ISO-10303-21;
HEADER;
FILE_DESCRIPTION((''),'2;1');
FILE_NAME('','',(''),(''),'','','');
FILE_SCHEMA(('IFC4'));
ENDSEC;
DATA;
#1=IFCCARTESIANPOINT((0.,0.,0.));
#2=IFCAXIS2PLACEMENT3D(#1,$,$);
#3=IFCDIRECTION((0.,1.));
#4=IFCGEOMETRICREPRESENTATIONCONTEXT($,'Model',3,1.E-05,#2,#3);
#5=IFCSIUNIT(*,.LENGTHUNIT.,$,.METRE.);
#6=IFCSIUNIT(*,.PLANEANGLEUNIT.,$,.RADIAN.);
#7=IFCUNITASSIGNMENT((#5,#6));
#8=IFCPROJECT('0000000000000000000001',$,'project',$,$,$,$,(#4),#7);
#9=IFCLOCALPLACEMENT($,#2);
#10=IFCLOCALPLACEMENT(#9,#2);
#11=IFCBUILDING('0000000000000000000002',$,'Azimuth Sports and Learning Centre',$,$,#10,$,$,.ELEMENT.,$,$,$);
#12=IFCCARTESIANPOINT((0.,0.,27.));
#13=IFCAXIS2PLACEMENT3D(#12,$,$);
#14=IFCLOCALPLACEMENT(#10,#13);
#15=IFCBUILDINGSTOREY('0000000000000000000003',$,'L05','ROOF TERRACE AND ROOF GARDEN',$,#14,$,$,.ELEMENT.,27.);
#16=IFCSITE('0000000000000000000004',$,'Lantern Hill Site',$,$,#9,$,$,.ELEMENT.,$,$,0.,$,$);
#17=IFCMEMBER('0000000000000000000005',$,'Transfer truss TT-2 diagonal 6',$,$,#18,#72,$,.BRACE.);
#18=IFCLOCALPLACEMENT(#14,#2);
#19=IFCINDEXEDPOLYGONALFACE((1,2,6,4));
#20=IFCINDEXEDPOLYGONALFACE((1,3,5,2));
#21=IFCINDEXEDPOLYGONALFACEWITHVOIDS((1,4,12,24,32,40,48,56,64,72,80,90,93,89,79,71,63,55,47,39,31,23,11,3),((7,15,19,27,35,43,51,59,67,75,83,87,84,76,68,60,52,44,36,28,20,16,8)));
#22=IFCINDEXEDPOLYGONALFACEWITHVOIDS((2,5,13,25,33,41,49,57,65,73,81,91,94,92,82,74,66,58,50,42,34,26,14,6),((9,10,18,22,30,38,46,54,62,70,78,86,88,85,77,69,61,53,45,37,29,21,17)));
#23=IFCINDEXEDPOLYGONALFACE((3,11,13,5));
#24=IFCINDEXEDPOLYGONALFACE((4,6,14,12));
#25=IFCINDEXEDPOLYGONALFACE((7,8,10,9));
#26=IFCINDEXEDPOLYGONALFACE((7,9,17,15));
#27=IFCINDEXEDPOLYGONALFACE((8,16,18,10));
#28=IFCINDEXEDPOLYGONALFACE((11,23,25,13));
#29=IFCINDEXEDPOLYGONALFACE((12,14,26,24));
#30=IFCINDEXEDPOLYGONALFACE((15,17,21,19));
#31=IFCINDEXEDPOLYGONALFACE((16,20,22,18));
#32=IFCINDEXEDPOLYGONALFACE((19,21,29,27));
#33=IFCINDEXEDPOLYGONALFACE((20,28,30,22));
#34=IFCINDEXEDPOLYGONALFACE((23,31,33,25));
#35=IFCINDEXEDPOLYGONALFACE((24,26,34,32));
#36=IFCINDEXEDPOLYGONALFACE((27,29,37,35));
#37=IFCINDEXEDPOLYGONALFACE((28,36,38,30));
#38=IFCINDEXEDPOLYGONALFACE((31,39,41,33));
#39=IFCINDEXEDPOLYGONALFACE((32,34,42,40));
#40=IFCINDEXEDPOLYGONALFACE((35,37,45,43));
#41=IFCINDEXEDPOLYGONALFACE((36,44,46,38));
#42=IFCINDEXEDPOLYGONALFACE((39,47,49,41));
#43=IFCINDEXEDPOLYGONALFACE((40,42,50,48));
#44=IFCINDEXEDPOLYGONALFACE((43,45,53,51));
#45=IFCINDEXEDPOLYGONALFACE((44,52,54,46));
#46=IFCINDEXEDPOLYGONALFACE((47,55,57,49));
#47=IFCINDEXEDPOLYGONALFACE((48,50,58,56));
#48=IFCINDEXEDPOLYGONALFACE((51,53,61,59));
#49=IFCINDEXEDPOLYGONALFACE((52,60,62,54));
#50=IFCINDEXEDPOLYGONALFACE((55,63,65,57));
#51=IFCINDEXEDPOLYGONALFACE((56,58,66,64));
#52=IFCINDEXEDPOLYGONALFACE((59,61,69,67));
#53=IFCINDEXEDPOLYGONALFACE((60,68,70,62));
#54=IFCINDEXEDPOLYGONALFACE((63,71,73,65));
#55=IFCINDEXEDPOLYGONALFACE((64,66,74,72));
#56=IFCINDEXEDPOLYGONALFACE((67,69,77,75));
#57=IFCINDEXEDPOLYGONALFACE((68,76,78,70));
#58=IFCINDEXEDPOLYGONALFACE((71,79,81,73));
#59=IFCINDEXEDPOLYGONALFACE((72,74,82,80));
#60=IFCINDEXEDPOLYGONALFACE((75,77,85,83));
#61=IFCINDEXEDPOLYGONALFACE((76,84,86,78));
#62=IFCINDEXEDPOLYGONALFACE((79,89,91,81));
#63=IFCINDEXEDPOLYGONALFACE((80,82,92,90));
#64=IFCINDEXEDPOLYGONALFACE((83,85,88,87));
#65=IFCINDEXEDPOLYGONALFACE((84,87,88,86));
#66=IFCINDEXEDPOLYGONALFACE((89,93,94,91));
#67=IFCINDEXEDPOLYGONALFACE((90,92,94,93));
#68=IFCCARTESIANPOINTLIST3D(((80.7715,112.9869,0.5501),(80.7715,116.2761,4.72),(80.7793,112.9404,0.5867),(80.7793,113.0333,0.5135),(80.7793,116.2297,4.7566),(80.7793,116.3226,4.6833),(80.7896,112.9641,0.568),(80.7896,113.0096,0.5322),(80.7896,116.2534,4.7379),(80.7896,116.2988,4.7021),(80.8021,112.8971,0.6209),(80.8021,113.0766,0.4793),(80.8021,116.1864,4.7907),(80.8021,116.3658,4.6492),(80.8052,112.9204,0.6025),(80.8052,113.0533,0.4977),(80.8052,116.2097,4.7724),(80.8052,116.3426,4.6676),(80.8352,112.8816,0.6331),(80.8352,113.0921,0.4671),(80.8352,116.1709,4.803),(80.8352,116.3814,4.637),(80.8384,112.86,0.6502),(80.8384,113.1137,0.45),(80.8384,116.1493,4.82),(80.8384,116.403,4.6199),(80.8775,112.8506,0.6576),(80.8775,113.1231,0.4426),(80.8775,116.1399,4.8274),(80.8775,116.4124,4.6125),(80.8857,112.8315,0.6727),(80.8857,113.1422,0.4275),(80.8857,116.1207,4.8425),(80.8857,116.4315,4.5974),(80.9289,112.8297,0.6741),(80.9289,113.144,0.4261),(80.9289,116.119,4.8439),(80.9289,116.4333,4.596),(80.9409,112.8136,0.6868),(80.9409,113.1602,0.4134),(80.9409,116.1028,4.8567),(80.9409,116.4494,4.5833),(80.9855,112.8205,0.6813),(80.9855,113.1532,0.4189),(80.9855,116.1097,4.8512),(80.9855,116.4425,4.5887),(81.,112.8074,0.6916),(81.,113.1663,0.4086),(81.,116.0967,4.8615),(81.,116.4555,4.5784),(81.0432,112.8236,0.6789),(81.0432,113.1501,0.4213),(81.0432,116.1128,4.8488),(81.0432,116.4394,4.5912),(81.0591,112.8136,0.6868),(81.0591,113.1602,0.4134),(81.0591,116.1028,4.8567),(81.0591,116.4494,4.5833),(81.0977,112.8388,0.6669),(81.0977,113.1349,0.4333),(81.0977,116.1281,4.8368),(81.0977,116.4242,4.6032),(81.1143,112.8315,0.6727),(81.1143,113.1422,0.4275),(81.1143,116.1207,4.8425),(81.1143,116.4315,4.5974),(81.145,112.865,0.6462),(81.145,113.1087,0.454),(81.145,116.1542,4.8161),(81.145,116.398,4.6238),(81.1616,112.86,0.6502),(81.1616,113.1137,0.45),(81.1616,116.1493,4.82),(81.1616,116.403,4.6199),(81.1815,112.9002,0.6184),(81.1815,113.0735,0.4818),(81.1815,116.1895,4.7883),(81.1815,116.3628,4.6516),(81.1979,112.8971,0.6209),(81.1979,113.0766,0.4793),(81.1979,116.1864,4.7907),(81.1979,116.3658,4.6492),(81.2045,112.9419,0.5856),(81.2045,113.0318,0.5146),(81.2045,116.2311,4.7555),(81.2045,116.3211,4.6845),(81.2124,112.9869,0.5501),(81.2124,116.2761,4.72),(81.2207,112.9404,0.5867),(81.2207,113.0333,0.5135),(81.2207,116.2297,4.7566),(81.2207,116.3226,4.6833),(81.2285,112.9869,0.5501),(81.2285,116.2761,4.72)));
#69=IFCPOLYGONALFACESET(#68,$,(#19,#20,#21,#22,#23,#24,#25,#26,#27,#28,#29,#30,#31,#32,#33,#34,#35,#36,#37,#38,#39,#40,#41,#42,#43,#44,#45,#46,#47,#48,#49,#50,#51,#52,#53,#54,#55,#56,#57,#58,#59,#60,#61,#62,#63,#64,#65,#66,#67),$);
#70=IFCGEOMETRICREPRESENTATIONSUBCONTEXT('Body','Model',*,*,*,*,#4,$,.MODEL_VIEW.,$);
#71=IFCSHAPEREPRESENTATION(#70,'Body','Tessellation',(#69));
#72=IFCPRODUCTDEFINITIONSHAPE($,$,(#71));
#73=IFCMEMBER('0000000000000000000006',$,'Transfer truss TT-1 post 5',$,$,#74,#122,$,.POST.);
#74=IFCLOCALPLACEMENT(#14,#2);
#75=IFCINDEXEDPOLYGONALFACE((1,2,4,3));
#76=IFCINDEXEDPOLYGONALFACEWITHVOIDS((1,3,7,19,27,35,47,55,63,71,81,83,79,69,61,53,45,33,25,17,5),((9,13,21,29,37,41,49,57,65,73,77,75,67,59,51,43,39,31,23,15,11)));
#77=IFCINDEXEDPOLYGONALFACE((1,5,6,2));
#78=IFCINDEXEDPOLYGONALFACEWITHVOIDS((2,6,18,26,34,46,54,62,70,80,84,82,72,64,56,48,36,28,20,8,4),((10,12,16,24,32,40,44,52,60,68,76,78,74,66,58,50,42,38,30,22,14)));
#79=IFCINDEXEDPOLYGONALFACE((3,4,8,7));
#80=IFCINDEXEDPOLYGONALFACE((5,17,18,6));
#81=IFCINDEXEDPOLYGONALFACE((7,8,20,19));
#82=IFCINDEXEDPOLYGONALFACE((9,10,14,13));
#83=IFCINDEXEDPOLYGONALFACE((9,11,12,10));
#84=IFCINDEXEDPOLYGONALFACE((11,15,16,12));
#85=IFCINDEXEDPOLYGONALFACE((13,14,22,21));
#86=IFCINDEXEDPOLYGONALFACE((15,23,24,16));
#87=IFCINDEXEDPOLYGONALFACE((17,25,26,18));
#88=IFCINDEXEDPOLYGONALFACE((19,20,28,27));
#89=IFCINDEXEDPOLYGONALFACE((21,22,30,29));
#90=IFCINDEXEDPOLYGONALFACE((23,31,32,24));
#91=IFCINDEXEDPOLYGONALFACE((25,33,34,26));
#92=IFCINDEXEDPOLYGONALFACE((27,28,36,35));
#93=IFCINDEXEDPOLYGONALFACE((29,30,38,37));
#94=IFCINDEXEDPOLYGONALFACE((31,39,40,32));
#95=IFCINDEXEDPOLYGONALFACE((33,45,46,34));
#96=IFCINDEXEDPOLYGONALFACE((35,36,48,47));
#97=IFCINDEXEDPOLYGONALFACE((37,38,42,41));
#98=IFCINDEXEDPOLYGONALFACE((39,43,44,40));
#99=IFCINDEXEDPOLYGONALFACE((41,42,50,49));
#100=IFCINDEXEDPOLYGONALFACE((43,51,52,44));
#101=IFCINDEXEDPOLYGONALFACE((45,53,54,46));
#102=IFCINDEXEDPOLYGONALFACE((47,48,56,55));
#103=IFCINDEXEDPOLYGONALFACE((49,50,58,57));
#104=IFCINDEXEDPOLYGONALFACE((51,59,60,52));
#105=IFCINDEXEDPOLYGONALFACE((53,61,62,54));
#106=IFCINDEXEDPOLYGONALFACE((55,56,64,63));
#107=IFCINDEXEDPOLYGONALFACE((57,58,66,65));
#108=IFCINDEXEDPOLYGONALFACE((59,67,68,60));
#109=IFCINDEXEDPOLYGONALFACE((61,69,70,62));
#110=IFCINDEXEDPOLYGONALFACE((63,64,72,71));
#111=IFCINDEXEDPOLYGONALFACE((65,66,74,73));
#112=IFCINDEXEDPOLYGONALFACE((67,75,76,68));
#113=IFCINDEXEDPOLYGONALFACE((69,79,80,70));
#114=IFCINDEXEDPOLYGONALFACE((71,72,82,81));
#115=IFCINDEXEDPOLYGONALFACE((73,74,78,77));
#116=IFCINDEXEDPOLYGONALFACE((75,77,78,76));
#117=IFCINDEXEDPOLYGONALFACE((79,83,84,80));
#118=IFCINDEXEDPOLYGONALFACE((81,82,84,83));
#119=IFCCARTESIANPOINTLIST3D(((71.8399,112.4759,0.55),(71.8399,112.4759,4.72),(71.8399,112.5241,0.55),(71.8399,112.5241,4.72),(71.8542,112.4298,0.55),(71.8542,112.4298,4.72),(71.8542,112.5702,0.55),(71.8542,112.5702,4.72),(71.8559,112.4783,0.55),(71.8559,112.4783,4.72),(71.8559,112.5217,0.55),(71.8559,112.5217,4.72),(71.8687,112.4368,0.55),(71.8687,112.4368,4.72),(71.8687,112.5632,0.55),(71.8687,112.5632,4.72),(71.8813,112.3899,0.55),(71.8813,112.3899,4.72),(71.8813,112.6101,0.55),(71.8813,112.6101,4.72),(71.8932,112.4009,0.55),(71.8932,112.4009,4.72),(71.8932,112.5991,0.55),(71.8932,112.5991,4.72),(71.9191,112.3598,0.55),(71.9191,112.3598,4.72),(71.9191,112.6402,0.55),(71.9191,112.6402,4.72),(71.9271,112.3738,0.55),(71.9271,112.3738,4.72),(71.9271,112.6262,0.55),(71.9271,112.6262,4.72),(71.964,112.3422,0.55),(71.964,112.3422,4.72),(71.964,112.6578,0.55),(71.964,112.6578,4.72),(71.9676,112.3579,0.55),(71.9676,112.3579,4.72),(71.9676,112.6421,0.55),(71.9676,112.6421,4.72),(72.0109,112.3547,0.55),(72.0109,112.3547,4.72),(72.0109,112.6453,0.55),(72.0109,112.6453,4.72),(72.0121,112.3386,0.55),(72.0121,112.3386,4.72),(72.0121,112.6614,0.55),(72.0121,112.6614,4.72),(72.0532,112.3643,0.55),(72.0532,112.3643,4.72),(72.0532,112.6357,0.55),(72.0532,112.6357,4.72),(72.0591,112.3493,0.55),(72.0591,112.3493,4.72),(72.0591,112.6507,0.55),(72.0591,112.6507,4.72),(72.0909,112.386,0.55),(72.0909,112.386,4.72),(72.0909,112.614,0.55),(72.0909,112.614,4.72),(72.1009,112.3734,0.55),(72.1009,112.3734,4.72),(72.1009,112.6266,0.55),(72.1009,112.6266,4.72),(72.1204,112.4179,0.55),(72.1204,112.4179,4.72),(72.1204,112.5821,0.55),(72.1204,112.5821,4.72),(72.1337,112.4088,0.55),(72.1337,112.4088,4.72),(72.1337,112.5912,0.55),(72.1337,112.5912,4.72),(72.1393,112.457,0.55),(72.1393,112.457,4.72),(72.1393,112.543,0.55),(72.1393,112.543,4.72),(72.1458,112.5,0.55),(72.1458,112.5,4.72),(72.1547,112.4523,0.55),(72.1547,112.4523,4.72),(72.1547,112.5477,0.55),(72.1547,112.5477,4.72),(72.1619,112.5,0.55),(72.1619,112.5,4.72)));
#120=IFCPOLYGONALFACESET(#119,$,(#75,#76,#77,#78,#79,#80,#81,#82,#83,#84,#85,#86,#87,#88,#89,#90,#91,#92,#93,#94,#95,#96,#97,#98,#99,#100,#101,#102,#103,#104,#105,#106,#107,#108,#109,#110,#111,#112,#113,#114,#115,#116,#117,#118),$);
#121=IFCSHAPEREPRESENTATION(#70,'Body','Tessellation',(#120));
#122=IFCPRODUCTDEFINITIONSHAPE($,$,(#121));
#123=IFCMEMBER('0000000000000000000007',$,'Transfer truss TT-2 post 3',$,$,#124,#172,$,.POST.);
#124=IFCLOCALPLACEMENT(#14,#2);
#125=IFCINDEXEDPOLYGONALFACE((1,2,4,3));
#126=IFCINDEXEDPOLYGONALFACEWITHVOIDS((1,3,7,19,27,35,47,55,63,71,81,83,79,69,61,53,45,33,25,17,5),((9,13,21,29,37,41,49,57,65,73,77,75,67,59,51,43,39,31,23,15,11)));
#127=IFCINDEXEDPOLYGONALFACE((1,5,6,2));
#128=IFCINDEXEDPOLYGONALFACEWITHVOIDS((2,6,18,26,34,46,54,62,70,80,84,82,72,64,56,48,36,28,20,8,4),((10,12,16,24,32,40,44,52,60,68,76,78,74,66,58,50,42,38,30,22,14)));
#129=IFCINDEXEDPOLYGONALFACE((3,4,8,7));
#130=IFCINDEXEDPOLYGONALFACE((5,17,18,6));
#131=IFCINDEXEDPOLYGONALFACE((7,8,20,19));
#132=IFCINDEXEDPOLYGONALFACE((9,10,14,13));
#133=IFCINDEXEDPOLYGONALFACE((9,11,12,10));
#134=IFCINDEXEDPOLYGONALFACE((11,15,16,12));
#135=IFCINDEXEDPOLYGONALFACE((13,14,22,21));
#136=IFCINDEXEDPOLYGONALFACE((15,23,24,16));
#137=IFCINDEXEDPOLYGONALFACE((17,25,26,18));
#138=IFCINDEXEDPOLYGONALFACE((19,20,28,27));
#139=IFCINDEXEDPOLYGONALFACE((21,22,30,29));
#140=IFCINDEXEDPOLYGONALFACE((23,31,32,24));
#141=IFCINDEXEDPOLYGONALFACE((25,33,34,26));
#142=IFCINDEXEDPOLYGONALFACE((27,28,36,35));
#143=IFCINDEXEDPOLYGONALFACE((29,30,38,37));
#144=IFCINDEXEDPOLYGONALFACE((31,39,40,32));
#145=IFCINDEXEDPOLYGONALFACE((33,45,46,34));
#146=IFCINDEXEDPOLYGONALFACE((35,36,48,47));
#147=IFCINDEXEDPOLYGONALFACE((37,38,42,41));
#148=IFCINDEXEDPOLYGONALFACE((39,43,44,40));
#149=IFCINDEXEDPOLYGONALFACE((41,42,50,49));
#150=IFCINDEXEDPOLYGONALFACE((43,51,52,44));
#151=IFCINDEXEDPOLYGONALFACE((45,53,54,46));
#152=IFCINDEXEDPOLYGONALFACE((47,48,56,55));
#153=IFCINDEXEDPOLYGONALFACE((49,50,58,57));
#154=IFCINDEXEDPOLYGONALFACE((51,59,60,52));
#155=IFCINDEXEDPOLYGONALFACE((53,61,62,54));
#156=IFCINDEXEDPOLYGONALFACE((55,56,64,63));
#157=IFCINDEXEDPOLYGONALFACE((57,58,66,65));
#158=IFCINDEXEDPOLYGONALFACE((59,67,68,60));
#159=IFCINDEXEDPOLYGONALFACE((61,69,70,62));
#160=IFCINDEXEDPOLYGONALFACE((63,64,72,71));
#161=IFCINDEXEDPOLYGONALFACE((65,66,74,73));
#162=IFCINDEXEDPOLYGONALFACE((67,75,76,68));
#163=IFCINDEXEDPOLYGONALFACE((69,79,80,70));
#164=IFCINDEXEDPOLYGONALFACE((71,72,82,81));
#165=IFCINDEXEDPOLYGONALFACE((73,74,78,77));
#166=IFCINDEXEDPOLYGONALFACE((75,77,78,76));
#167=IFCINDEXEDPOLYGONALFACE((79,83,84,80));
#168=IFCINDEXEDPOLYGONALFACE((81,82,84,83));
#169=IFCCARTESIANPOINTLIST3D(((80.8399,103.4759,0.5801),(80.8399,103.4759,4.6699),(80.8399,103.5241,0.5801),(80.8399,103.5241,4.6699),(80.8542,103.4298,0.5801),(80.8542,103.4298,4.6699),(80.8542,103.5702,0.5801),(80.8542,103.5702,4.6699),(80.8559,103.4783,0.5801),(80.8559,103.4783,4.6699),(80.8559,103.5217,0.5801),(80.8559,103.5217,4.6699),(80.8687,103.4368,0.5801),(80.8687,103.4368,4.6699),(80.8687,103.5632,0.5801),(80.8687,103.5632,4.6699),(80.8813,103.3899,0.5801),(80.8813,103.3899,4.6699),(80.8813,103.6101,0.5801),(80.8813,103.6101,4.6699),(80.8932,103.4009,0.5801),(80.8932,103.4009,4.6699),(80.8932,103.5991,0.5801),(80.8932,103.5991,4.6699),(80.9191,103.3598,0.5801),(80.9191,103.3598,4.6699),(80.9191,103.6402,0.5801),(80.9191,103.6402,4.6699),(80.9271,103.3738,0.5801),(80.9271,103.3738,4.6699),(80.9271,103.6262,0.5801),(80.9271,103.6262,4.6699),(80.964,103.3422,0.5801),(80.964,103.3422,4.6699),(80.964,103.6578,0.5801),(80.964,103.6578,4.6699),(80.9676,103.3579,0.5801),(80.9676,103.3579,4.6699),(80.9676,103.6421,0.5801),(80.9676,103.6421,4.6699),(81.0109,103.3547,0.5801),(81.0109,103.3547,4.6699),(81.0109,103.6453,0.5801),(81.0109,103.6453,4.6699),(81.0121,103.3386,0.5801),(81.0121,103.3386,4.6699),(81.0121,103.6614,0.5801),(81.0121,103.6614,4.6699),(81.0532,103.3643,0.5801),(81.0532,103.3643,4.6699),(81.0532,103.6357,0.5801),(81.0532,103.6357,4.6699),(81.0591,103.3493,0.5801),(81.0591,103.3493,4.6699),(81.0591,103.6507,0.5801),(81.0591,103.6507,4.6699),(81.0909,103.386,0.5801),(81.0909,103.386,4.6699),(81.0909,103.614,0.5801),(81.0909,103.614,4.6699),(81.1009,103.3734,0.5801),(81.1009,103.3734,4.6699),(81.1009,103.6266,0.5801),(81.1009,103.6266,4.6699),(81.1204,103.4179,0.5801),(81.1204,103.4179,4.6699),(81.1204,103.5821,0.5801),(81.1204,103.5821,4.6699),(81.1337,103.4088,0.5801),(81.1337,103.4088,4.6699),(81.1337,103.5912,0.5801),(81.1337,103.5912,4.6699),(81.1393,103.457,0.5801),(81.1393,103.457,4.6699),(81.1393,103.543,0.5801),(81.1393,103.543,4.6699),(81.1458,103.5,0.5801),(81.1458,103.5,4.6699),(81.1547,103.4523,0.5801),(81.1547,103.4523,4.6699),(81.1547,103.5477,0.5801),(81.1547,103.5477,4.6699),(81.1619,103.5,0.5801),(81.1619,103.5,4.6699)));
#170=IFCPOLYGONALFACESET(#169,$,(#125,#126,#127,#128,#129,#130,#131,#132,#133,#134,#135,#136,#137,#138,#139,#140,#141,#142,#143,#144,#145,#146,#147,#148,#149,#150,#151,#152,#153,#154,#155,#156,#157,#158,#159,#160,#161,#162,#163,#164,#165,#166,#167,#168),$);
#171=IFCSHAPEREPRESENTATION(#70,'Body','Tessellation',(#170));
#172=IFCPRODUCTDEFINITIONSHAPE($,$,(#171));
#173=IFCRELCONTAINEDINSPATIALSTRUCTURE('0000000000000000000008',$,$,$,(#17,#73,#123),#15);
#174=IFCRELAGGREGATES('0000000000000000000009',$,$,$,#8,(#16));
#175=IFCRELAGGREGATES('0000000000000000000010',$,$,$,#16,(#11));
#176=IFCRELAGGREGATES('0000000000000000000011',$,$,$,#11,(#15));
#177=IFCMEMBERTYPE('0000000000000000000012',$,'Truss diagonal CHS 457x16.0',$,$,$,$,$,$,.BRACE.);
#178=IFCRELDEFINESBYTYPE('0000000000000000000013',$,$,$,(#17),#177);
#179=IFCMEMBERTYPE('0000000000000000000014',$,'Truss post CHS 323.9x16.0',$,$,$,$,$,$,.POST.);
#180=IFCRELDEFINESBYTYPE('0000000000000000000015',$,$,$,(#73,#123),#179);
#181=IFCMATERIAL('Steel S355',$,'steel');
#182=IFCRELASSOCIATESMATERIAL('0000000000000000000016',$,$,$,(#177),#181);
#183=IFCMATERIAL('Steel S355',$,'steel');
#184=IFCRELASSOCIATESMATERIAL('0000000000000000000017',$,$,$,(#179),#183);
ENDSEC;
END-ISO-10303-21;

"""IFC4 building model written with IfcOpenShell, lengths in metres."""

from ifc_helpers import new_model, si_unit, direction, frame, origin, origin_2d, place, context, subcontext, project, spatial, hollow_circle, extrude, material, material_profile, profile_set, type_object, element, save


model = new_model("IFC4")

# Units and contexts
model_context = context("Model", 3, precision=1e-05, world=origin(), true_north=direction((0.0, 1.0)))
body_context = subcontext(model_context, "Body", "Model", "MODEL_VIEW")
ifc_project = project(units=[si_unit("LENGTHUNIT", "METRE"), si_unit("PLANEANGLEUNIT", "RADIAN")], contexts=[model_context])

# Site, building, storey
site_placement = place(None, origin())
site = spatial("IfcSite", under=ifc_project, at=site_placement, Name="Lantern Hill Site", CompositionType="ELEMENT", RefElevation=0.0)
building_placement = place(site_placement, origin())
building = spatial("IfcBuilding", under=site, at=building_placement, Name="Azimuth Sports and Learning Centre", CompositionType="ELEMENT")
storey_placement = place(building_placement, frame((0.0, 0.0, 27.0)))
storey = spatial("IfcBuildingStorey", under=building, at=storey_placement, Name="L05", Description="ROOF TERRACE AND ROOF GARDEN", CompositionType="ELEMENT", Elevation=27.0)

# Members
ifc_material_1 = material(Name="Steel S355", Category="steel")
ifc_material_profile_1 = material_profile(ifc_material_1, hollow_circle(Radius=0.2285, WallThickness=0.0161, at=origin_2d()), Name="CHS 457x16.0")
ifc_profile_set_1 = profile_set([ifc_material_profile_1], Name="Steel S355")
member_type_1 = type_object("IfcMemberType", Name="Truss diagonal CHS 457x16.0", PredefinedType="BRACE", material=ifc_profile_set_1)
for number, where, z_axis, x_axis, name in (
    (1, (81.0, 116.2761, 4.72), (0.0, -0.619327, -0.785133), (1.0, 0.0, 0.0), "Transfer truss TT-2 diagonal 6"),
):
    element("IfcMember", number, at=place(storey_placement, frame(where, z_axis=z_axis, x_axis=x_axis)), inside=storey, type_object=member_type_1, Name=name, PredefinedType="BRACE", context=body_context, shape_type="SweptSolid", body=[
        extrude(hollow_circle(Radius=0.2285, WallThickness=0.0161, at=origin_2d()), origin(), (0.0, 0.0, 1.0), 5.311),
    ])
ifc_material_2 = material(Name="Steel S355", Category="steel")
ifc_material_profile_2 = material_profile(ifc_material_2, hollow_circle(Radius=0.1619, WallThickness=0.0161, at=origin_2d()), Name="CHS 323.9x16.0")
ifc_profile_set_2 = profile_set([ifc_material_profile_2], Name="Steel S355")
member_type_2 = type_object("IfcMemberType", Name="Truss post CHS 323.9x16.0", PredefinedType="POST", material=ifc_profile_set_2)
member_1_placement = place(storey_placement, frame((72.0, 112.5, 0.55), z_axis=(0.0, 0.0, 1.0), x_axis=(1.0, 0.0, 0.0)))
element("IfcMember", 2, at=member_1_placement, inside=storey, type_object=member_type_2, Name="Transfer truss TT-1 post 5", PredefinedType="POST", context=body_context, shape_type="SweptSolid", body=[
    extrude(hollow_circle(Radius=0.1619, WallThickness=0.0161, at=origin_2d()), origin(), (0.0, 0.0, 1.0), 4.1699),
])
member_2_placement = place(storey_placement, frame((81.0, 103.5, 0.5801), z_axis=(0.0, 0.0, 1.0), x_axis=(1.0, 0.0, 0.0)))
element("IfcMember", 3, at=member_2_placement, inside=storey, type_object=member_type_2, Name="Transfer truss TT-2 post 3", PredefinedType="POST", context=body_context, shape_type="SweptSolid", body=[
    extrude(hollow_circle(Radius=0.1619, WallThickness=0.0161, at=origin_2d()), origin(), (0.0, 0.0, 1.0), 4.0898),
])

save(model, "model.ifc")
